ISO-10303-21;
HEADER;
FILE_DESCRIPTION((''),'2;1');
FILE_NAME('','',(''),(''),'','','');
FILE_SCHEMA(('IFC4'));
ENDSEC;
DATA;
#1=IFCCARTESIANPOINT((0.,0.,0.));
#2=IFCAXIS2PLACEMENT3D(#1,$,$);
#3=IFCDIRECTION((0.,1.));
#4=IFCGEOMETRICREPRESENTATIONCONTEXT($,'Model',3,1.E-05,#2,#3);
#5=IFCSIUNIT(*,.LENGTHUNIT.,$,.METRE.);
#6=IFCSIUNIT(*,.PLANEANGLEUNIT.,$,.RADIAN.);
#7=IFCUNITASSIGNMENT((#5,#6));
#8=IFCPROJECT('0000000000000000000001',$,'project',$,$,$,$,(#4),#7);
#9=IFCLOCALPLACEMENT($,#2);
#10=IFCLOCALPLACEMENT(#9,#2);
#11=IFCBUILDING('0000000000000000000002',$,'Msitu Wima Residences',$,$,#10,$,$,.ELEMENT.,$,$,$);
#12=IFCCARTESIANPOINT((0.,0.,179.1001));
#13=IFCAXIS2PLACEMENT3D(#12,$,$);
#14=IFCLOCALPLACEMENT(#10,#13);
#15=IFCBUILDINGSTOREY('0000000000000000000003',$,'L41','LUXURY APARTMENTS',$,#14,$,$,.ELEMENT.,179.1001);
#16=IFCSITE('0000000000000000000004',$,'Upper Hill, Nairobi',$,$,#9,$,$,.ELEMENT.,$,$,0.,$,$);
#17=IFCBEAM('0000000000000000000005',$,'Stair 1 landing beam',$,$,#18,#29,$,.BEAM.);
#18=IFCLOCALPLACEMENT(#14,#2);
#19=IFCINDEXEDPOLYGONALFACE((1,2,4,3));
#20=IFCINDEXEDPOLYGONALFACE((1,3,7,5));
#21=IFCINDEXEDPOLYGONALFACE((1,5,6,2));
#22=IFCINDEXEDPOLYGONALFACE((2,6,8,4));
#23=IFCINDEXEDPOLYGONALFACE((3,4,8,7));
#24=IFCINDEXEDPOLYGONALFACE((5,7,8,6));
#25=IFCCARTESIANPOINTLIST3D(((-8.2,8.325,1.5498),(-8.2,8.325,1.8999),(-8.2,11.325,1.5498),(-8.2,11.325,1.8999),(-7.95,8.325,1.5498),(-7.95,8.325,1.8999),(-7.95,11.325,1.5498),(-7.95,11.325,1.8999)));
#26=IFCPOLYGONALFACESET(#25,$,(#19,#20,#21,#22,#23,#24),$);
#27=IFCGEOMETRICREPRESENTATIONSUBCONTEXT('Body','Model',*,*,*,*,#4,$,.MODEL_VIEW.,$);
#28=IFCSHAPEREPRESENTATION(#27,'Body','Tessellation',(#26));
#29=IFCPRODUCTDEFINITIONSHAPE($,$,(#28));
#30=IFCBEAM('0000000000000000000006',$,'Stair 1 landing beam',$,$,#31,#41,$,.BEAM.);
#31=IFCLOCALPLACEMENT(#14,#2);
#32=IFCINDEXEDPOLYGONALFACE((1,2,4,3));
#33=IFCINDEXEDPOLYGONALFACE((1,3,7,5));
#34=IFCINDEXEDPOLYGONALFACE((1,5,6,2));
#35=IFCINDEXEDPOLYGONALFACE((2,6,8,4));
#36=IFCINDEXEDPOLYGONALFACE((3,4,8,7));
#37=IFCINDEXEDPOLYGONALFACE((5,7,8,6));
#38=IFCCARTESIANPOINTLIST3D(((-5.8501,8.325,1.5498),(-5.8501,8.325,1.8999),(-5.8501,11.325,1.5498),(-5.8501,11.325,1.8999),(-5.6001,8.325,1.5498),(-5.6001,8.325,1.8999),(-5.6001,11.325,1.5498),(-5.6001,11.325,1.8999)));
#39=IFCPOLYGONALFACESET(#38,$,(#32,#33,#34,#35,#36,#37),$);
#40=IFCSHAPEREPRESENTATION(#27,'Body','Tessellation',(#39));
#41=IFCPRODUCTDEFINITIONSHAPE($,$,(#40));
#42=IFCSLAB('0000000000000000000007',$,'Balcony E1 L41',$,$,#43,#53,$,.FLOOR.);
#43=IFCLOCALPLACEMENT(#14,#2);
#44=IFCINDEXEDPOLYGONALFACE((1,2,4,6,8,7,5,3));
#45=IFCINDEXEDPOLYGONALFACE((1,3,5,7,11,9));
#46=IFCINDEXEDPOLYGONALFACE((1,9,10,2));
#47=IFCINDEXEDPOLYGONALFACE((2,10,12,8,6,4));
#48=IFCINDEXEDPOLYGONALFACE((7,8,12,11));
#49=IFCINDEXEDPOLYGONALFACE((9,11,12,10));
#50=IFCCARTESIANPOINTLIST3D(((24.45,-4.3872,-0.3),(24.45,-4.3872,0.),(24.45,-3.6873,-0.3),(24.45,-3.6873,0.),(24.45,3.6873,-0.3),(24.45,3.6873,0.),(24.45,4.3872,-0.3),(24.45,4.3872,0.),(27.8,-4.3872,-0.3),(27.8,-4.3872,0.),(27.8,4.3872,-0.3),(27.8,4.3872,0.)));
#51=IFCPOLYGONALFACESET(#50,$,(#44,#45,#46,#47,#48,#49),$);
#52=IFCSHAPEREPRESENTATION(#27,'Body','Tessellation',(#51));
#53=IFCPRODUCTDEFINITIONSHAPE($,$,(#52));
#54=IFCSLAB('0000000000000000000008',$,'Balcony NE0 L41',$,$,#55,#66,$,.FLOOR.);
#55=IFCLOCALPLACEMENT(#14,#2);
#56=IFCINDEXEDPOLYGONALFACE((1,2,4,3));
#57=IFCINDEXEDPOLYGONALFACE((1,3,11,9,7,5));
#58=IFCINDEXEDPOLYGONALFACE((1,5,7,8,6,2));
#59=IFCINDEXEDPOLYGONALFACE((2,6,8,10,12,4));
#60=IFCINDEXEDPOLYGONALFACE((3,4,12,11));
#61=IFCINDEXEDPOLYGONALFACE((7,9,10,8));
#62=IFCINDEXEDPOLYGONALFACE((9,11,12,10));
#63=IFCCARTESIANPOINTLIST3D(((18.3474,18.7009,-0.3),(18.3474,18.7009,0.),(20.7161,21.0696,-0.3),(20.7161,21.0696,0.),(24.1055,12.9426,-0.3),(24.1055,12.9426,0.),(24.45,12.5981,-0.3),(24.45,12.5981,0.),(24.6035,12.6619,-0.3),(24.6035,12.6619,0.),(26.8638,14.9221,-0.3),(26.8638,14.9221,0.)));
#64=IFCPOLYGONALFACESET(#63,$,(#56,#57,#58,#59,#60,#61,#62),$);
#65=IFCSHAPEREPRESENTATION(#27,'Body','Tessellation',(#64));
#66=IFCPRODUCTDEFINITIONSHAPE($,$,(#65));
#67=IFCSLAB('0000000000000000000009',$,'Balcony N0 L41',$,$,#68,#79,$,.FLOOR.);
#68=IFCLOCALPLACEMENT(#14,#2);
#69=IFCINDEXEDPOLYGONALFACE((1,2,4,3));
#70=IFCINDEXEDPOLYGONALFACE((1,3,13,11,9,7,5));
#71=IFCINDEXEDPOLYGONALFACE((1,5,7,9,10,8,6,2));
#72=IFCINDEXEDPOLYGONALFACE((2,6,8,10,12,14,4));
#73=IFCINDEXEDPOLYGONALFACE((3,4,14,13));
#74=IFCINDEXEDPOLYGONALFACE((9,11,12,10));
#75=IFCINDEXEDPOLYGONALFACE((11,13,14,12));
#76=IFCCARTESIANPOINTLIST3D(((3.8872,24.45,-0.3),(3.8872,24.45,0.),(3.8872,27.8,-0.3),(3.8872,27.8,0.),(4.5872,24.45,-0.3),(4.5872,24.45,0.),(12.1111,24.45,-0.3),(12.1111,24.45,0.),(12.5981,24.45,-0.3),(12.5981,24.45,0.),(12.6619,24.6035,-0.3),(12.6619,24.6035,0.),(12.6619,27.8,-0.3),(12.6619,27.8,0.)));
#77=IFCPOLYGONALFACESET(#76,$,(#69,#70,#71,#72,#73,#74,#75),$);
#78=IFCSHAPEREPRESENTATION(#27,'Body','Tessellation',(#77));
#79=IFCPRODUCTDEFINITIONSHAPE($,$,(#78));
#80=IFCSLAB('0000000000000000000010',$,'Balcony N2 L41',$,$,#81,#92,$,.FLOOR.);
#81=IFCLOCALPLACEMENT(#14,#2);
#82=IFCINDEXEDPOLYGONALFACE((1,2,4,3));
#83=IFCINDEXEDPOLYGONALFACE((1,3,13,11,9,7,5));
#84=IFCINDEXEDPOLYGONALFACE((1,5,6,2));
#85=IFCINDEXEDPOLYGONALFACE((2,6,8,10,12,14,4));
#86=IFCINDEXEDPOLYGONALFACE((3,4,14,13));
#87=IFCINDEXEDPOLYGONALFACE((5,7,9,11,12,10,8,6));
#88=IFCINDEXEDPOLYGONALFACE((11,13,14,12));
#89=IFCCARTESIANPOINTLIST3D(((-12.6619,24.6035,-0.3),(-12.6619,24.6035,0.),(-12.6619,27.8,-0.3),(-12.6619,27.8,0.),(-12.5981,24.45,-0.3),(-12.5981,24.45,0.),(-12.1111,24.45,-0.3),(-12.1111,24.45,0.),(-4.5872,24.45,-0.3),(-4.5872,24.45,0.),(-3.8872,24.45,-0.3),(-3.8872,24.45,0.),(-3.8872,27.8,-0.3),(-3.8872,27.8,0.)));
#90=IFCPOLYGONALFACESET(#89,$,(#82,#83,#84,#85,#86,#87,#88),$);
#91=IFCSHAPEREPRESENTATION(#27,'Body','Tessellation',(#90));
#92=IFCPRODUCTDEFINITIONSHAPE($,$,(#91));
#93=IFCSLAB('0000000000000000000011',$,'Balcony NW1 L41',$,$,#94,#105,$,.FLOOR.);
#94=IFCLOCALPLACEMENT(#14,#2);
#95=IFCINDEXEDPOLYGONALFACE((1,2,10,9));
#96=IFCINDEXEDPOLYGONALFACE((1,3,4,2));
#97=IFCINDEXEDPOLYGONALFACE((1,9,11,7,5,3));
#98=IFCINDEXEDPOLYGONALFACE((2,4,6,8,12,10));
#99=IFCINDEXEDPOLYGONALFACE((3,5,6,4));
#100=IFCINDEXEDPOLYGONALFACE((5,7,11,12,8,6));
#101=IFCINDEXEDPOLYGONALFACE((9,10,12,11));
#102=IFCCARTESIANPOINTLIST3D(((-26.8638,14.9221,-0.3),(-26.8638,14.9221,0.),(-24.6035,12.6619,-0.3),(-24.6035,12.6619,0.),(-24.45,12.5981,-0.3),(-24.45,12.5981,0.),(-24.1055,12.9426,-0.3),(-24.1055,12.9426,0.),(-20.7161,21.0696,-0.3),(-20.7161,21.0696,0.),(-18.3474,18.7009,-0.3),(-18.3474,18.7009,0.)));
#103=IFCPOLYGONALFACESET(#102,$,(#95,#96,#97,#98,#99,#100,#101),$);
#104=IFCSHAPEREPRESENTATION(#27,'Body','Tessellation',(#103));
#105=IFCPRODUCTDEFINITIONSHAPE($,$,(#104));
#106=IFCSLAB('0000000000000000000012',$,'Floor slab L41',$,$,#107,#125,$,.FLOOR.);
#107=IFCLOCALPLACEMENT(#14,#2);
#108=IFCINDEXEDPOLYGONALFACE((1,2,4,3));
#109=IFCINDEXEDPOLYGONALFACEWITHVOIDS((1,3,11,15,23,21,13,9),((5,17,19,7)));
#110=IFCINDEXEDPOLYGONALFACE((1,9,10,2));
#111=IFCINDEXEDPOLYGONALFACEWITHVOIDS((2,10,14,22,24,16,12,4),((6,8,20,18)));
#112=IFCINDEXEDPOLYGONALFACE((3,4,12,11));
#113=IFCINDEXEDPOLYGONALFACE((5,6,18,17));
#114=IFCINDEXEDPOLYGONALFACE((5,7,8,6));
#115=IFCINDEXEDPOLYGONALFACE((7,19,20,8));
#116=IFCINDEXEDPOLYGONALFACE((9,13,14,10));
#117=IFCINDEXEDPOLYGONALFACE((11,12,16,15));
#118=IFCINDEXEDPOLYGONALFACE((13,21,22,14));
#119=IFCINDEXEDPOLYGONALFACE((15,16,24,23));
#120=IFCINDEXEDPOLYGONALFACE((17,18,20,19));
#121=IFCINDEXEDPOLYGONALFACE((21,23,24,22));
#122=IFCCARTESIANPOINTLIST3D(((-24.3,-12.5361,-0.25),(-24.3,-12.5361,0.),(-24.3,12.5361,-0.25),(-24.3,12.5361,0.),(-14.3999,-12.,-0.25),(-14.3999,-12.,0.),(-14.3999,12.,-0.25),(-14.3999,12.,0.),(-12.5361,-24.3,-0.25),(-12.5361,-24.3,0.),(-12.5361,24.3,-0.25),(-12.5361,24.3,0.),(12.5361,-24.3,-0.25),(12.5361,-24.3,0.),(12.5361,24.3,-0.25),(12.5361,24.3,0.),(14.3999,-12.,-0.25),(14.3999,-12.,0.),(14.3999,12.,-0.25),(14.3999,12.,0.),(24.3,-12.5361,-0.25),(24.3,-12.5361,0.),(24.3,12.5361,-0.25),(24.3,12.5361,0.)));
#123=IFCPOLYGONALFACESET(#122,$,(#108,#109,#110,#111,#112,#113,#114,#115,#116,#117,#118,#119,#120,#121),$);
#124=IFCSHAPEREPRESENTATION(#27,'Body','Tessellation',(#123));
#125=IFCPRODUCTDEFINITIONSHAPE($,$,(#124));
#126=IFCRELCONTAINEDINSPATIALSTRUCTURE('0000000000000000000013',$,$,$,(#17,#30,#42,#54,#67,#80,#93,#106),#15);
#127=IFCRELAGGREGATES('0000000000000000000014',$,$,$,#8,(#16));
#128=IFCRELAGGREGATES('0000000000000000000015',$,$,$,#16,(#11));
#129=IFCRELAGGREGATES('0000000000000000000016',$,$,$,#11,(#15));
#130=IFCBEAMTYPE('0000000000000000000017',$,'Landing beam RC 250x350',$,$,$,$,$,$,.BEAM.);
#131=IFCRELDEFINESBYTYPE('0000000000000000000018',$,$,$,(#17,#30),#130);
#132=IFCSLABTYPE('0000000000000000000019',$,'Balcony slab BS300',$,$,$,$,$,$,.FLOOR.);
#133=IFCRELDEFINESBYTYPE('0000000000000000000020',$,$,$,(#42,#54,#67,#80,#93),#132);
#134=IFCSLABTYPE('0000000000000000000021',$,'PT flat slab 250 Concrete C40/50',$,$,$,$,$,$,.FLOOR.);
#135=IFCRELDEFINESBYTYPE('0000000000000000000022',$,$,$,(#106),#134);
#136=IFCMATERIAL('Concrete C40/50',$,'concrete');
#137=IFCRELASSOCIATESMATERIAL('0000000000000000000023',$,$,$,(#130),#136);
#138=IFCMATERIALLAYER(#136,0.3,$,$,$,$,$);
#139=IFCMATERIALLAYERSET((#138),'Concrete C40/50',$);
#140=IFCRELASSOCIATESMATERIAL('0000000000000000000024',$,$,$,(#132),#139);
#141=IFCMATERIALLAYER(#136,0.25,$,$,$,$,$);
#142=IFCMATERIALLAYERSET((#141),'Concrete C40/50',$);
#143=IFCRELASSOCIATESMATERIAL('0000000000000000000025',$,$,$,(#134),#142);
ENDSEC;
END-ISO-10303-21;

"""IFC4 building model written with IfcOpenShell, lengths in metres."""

from ifc_helpers import new_model, si_unit, direction, frame, origin, origin_2d, place, context, subcontext, project, spatial, polyline, rectangle, outline, extrude, material, layer, layer_set, material_profile, profile_set, type_object, element, save


model = new_model("IFC4")

# Units and contexts
model_context = context("Model", 3, precision=1e-05, world=origin(), true_north=direction((0.0, 1.0)))
body_context = subcontext(model_context, "Body", "Model", "MODEL_VIEW")
ifc_project = project(units=[si_unit("LENGTHUNIT", "METRE"), si_unit("PLANEANGLEUNIT", "RADIAN")], contexts=[model_context])

# Site, building, storey
site_placement = place(None, origin())
site = spatial("IfcSite", under=ifc_project, at=site_placement, Name="Upper Hill, Nairobi", CompositionType="ELEMENT", RefElevation=0.0)
building_placement = place(site_placement, origin())
building = spatial("IfcBuilding", under=site, at=building_placement, Name="Msitu Wima Residences", CompositionType="ELEMENT")
storey_placement = place(building_placement, frame((0.0, 0.0, 179.1001)))
storey = spatial("IfcBuildingStorey", under=building, at=storey_placement, Name="L41", Description="LUXURY APARTMENTS", CompositionType="ELEMENT", Elevation=179.1001)

# Beams
ifc_material_1 = material(Name="Concrete C40/50", Category="concrete")
ifc_material_profile = material_profile(ifc_material_1, rectangle(XDim=0.25, YDim=0.3501, at=origin_2d()), Name="RC 250x350")
ifc_profile_set = profile_set([ifc_material_profile], Name="Concrete C40/50")
beam_type = type_object("IfcBeamType", Name="Landing beam RC 250x350", PredefinedType="BEAM", material=ifc_profile_set)
for number, where, z_axis, x_axis, name in (
    (1, (-8.075, 8.325, 1.7249), (0.0, 1.0, 0.0), (-1.0, 0.0, 0.0), "Stair 1 landing beam"),
    (2, (-5.7251, 8.325, 1.7249), (0.0, 1.0, 0.0), (-1.0, 0.0, 0.0), "Stair 1 landing beam"),
):
    element("IfcBeam", number, at=place(storey_placement, frame(where, z_axis=z_axis, x_axis=x_axis)), inside=storey, type_object=beam_type, Name=name, PredefinedType="BEAM", context=body_context, shape_type="SweptSolid", body=[
        extrude(rectangle(XDim=0.25, YDim=0.3501, at=origin_2d()), origin(), (0.0, 0.0, 1.0), 3.0),
    ])

# Slabs
ifc_layer_1 = layer(ifc_material_1, 0.3)
ifc_layer_set_1 = layer_set([ifc_layer_1], Name="Concrete C40/50")
slab_type_1 = type_object("IfcSlabType", Name="Balcony slab BS300", PredefinedType="FLOOR", material=ifc_layer_set_1)
slab_1_placement = place(storey_placement, frame((0.0, 0.0, -0.3)))
element("IfcSlab", 3, at=slab_1_placement, inside=storey, type_object=slab_type_1, Name="Balcony E1 L41", PredefinedType="FLOOR", context=body_context, shape_type="SweptSolid", body=[
    extrude(outline(polyline([(24.45, 3.6873), (24.45, 4.3872), (27.8, 4.3872), (27.8, -4.3872), (24.45, -4.3872), (24.45, -3.6873), (24.45, -3.6873), (24.45, 3.6873)])), origin(), (0.0, 0.0, 1.0), 0.3),
])
slab_2_placement = place(storey_placement, frame((0.0, 0.0, -0.3)))
element("IfcSlab", 4, at=slab_2_placement, inside=storey, type_object=slab_type_1, Name="Balcony NE0 L41", PredefinedType="FLOOR", context=body_context, shape_type="SweptSolid", body=[
    extrude(outline(polyline([(24.1055, 12.9426), (24.1055, 12.9426), (18.3474, 18.7009), (20.7161, 21.0696), (26.8638, 14.9221), (24.6035, 12.6619), (24.45, 12.5981), (24.1055, 12.9426), (24.1055, 12.9426)])), origin(), (0.0, 0.0, 1.0), 0.3),
])
slab_3_placement = place(storey_placement, frame((0.0, 0.0, -0.3)))
element("IfcSlab", 5, at=slab_3_placement, inside=storey, type_object=slab_type_1, Name="Balcony N0 L41", PredefinedType="FLOOR", context=body_context, shape_type="SweptSolid", body=[
    extrude(outline(polyline([(12.1111, 24.45), (12.1111, 24.45), (4.5872, 24.45), (3.8872, 24.45), (3.8872, 27.8), (12.6619, 27.8), (12.6619, 24.6035), (12.5981, 24.45), (12.1111, 24.45), (12.1111, 24.45)])), origin(), (0.0, 0.0, 1.0), 0.3),
])
slab_4_placement = place(storey_placement, frame((0.0, 0.0, -0.3)))
element("IfcSlab", 6, at=slab_4_placement, inside=storey, type_object=slab_type_1, Name="Balcony N2 L41", PredefinedType="FLOOR", context=body_context, shape_type="SweptSolid", body=[
    extrude(outline(polyline([(-12.1111, 24.45), (-12.1111, 24.45), (-12.1111, 24.45), (-12.5981, 24.45), (-12.6619, 24.6035), (-12.6619, 27.8), (-3.8872, 27.8), (-3.8872, 24.45), (-4.5872, 24.45), (-12.1111, 24.45)])), origin(), (0.0, 0.0, 1.0), 0.3),
])
slab_5_placement = place(storey_placement, frame((0.0, 0.0, -0.3)))
element("IfcSlab", 7, at=slab_5_placement, inside=storey, type_object=slab_type_1, Name="Balcony NW1 L41", PredefinedType="FLOOR", context=body_context, shape_type="SweptSolid", body=[
    extrude(outline(polyline([(-24.1055, 12.9426), (-24.1055, 12.9426), (-24.45, 12.5981), (-24.6035, 12.6619), (-26.8638, 14.9221), (-20.7161, 21.0696), (-18.3474, 18.7009), (-24.1055, 12.9426), (-24.1055, 12.9426)])), origin(), (0.0, 0.0, 1.0), 0.3),
])
ifc_layer_2 = layer(ifc_material_1, 0.25)
ifc_layer_set_2 = layer_set([ifc_layer_2], Name="Concrete C40/50")
slab_type_2 = type_object("IfcSlabType", Name="PT flat slab 250 Concrete C40/50", PredefinedType="FLOOR", material=ifc_layer_set_2)
slab_6_placement = place(storey_placement, frame((0.0, 0.0, -0.25)))
element("IfcSlab", 8, at=slab_6_placement, inside=storey, type_object=slab_type_2, Name="Floor slab L41", PredefinedType="FLOOR", context=body_context, shape_type="SweptSolid", body=[
    extrude(outline(polyline([(24.3, -12.5361), (12.5361, -24.3), (-12.5361, -24.3), (-24.3, -12.5361), (-24.3, 12.5361), (-12.5361, 24.3), (12.5361, 24.3), (24.3, 12.5361), (24.3, -12.5361)]), holes=[polyline([(-14.3999, -12.0), (14.3999, -12.0), (14.3999, 12.0), (-14.3999, 12.0), (-14.3999, -12.0)])]), origin(), (0.0, 0.0, 1.0), 0.25),
])

save(model, "model.ifc")
